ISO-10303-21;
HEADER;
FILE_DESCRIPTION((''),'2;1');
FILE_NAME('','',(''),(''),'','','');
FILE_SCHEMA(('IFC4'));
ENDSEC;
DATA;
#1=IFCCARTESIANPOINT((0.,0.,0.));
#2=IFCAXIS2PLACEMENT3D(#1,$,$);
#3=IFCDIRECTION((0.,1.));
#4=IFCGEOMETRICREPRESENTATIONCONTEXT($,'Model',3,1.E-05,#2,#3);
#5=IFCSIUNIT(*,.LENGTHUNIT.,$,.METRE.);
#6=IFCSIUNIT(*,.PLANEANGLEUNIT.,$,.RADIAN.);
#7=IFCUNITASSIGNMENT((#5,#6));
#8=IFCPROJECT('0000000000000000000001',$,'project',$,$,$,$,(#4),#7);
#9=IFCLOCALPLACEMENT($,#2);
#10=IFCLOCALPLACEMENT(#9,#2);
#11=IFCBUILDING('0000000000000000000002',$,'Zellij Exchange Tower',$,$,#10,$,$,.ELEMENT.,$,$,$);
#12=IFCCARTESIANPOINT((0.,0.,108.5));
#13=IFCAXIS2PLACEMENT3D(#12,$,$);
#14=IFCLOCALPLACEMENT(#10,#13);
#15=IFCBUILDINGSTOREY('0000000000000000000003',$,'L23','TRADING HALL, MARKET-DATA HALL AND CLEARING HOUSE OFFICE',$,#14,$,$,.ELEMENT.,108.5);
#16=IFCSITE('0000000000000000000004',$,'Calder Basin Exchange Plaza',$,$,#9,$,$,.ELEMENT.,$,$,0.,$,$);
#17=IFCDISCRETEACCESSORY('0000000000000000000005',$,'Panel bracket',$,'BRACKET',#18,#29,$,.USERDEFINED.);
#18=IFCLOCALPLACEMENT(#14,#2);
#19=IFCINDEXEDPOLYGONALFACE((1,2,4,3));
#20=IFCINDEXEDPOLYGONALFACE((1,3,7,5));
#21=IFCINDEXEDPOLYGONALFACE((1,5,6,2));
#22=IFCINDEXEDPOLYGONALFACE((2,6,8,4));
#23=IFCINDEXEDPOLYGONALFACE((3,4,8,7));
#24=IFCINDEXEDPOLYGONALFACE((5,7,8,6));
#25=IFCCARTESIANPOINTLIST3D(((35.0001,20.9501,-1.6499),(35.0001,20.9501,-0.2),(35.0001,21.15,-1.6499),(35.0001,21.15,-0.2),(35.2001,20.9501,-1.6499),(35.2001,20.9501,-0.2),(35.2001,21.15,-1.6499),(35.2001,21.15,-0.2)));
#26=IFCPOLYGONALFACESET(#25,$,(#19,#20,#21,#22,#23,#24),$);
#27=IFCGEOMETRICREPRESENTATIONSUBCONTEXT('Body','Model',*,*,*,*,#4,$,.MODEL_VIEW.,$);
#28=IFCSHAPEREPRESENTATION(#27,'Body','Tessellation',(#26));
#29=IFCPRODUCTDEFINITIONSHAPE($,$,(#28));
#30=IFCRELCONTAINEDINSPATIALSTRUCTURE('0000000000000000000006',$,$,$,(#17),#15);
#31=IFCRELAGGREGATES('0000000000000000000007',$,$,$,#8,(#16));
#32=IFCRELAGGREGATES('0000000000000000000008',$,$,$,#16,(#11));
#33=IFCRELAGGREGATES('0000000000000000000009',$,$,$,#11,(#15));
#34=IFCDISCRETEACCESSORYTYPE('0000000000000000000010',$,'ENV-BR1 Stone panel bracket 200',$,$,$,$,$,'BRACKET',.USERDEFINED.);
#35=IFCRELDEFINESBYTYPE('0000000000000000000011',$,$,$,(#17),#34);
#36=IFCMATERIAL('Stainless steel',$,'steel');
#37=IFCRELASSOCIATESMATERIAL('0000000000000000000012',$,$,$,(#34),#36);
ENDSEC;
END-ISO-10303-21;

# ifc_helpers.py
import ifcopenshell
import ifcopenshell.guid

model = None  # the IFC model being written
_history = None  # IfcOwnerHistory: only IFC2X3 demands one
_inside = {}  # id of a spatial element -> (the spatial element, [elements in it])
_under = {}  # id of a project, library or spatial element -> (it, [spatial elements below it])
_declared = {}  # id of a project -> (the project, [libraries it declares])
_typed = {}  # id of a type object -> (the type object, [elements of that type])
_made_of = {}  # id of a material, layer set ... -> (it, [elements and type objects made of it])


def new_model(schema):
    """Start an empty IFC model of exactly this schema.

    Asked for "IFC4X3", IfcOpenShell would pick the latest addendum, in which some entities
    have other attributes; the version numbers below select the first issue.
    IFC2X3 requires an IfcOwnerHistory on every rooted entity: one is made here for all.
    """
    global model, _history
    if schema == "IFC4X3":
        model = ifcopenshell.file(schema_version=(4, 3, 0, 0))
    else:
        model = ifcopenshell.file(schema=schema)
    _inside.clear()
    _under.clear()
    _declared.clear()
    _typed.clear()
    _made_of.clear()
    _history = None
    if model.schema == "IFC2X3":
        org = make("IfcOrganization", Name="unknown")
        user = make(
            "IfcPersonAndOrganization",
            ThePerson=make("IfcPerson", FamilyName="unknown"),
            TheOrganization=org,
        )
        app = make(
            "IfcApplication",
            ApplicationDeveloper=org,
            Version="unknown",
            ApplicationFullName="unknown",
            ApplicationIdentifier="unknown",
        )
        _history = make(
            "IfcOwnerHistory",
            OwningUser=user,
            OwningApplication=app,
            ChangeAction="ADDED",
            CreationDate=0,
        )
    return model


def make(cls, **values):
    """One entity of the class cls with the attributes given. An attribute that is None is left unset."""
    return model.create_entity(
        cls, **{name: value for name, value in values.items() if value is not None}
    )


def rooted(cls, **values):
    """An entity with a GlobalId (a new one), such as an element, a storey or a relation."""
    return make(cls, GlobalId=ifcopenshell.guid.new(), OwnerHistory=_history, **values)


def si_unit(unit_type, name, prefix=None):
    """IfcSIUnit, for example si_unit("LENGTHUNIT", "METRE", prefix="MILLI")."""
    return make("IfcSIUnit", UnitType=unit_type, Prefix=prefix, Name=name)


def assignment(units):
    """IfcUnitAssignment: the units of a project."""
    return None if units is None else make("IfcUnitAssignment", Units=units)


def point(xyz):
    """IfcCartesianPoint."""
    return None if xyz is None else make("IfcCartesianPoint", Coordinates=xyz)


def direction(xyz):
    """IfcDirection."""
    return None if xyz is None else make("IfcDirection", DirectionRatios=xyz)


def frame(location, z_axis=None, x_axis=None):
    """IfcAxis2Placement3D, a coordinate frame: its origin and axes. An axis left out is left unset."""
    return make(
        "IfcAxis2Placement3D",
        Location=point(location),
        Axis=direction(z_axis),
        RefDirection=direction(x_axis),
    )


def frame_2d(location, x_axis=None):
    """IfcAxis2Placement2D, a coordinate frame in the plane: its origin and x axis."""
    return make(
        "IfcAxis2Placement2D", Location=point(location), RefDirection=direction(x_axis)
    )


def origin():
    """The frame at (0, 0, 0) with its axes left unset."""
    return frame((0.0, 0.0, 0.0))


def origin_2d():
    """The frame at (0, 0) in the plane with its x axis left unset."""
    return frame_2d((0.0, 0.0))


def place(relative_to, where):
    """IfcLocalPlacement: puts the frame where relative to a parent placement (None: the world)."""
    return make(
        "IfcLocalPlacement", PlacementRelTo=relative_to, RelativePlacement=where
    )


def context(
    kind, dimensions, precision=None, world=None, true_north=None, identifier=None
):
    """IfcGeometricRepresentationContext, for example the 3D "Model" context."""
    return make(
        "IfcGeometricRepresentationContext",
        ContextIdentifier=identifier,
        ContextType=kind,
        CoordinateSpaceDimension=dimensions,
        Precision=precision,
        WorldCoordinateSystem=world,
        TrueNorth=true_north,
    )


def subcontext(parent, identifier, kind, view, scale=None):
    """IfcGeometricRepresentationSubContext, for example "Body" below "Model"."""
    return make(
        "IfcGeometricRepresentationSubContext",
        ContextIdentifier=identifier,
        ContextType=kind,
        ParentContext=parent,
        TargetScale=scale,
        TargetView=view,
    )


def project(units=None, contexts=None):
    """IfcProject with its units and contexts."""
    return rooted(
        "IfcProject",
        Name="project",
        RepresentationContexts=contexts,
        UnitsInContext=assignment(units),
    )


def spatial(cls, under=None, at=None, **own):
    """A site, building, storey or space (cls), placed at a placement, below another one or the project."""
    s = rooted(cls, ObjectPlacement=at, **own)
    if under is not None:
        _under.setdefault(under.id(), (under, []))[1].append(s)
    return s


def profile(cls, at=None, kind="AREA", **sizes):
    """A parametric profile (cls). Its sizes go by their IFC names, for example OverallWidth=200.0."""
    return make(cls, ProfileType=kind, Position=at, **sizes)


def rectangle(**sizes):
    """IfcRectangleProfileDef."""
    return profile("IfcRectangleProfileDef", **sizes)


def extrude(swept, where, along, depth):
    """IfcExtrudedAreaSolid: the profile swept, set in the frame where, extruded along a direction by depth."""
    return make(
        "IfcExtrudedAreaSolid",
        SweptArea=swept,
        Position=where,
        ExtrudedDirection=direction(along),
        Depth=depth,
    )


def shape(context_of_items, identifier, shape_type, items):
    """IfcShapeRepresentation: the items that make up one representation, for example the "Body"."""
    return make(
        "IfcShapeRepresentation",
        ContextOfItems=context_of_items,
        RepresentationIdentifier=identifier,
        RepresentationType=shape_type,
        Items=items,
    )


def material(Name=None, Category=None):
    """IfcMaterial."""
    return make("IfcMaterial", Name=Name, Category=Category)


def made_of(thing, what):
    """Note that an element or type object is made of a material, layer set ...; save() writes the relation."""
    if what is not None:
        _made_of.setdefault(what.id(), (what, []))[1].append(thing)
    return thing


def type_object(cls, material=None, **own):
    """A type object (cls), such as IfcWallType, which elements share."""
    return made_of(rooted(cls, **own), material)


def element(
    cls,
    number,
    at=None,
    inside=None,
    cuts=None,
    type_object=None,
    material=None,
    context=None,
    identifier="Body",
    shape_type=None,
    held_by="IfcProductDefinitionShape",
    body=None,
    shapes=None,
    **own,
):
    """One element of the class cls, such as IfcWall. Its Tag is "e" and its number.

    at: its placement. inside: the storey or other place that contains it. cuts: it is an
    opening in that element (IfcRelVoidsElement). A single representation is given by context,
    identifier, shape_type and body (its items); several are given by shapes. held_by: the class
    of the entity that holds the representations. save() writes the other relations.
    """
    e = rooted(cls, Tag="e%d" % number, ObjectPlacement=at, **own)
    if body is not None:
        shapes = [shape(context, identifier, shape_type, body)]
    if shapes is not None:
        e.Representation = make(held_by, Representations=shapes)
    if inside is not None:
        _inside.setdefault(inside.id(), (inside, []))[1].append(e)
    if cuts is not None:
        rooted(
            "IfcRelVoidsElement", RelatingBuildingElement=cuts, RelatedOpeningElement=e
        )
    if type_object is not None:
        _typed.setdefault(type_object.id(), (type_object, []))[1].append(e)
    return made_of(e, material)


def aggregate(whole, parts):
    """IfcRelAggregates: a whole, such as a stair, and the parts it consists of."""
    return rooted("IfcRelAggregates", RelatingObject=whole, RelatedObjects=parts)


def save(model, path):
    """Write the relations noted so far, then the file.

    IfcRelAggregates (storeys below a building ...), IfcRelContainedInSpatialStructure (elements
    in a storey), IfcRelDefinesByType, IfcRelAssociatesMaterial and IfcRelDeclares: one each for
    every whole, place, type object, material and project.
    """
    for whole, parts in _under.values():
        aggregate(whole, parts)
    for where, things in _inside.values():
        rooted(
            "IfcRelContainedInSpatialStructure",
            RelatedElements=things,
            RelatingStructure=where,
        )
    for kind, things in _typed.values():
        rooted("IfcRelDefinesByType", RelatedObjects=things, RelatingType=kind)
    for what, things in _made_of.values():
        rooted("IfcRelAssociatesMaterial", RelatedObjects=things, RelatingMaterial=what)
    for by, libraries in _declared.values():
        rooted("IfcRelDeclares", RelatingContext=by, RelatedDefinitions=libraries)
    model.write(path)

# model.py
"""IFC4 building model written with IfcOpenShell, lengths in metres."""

from ifc_helpers import new_model, si_unit, direction, frame, origin, origin_2d, place, context, subcontext, project, spatial, rectangle, extrude, material, type_object, element, save


model = new_model("IFC4")

# Units and contexts
model_context = context("Model", 3, precision=1e-05, world=origin(), true_north=direction((0.0, 1.0)))
body_context = subcontext(model_context, "Body", "Model", "MODEL_VIEW")
ifc_project = project(units=[si_unit("LENGTHUNIT", "METRE"), si_unit("PLANEANGLEUNIT", "RADIAN")], contexts=[model_context])

# Site, building, storey
site_placement = place(None, origin())
site = spatial("IfcSite", under=ifc_project, at=site_placement, Name="Calder Basin Exchange Plaza", CompositionType="ELEMENT", RefElevation=0.0)
building_placement = place(site_placement, origin())
building = spatial("IfcBuilding", under=site, at=building_placement, Name="Zellij Exchange Tower", CompositionType="ELEMENT")
storey_placement = place(building_placement, frame((0.0, 0.0, 108.5)))
storey = spatial("IfcBuildingStorey", under=building, at=storey_placement, Name="L23", Description="TRADING HALL, MARKET-DATA HALL AND CLEARING HOUSE OFFICE", CompositionType="ELEMENT", Elevation=108.5)

# Discrete accessory
ifc_material_1 = material(Name="Stainless steel", Category="steel")
discrete_accessory_type = type_object("IfcDiscreteAccessoryType", Name="ENV-BR1 Stone panel bracket 200", ElementType="BRACKET", PredefinedType="USERDEFINED", material=ifc_material_1)
for number, where, z_axis, x_axis, name in (
    (1, (35.1001, 21.05, -1.6499), (0.0, 0.0, 1.0), (1.0, 0.0, 0.0), "Panel bracket"),
):
    element("IfcDiscreteAccessory", number, at=place(storey_placement, frame(where, z_axis=z_axis, x_axis=x_axis)), inside=storey, type_object=discrete_accessory_type, Name=name, ObjectType="BRACKET", PredefinedType="USERDEFINED", context=body_context, shape_type="SweptSolid", body=[
        extrude(rectangle(XDim=0.2, YDim=0.2, at=origin_2d()), origin(), (0.0, 0.0, 1.0), 1.45),
    ])

save(model, "model.ifc")
